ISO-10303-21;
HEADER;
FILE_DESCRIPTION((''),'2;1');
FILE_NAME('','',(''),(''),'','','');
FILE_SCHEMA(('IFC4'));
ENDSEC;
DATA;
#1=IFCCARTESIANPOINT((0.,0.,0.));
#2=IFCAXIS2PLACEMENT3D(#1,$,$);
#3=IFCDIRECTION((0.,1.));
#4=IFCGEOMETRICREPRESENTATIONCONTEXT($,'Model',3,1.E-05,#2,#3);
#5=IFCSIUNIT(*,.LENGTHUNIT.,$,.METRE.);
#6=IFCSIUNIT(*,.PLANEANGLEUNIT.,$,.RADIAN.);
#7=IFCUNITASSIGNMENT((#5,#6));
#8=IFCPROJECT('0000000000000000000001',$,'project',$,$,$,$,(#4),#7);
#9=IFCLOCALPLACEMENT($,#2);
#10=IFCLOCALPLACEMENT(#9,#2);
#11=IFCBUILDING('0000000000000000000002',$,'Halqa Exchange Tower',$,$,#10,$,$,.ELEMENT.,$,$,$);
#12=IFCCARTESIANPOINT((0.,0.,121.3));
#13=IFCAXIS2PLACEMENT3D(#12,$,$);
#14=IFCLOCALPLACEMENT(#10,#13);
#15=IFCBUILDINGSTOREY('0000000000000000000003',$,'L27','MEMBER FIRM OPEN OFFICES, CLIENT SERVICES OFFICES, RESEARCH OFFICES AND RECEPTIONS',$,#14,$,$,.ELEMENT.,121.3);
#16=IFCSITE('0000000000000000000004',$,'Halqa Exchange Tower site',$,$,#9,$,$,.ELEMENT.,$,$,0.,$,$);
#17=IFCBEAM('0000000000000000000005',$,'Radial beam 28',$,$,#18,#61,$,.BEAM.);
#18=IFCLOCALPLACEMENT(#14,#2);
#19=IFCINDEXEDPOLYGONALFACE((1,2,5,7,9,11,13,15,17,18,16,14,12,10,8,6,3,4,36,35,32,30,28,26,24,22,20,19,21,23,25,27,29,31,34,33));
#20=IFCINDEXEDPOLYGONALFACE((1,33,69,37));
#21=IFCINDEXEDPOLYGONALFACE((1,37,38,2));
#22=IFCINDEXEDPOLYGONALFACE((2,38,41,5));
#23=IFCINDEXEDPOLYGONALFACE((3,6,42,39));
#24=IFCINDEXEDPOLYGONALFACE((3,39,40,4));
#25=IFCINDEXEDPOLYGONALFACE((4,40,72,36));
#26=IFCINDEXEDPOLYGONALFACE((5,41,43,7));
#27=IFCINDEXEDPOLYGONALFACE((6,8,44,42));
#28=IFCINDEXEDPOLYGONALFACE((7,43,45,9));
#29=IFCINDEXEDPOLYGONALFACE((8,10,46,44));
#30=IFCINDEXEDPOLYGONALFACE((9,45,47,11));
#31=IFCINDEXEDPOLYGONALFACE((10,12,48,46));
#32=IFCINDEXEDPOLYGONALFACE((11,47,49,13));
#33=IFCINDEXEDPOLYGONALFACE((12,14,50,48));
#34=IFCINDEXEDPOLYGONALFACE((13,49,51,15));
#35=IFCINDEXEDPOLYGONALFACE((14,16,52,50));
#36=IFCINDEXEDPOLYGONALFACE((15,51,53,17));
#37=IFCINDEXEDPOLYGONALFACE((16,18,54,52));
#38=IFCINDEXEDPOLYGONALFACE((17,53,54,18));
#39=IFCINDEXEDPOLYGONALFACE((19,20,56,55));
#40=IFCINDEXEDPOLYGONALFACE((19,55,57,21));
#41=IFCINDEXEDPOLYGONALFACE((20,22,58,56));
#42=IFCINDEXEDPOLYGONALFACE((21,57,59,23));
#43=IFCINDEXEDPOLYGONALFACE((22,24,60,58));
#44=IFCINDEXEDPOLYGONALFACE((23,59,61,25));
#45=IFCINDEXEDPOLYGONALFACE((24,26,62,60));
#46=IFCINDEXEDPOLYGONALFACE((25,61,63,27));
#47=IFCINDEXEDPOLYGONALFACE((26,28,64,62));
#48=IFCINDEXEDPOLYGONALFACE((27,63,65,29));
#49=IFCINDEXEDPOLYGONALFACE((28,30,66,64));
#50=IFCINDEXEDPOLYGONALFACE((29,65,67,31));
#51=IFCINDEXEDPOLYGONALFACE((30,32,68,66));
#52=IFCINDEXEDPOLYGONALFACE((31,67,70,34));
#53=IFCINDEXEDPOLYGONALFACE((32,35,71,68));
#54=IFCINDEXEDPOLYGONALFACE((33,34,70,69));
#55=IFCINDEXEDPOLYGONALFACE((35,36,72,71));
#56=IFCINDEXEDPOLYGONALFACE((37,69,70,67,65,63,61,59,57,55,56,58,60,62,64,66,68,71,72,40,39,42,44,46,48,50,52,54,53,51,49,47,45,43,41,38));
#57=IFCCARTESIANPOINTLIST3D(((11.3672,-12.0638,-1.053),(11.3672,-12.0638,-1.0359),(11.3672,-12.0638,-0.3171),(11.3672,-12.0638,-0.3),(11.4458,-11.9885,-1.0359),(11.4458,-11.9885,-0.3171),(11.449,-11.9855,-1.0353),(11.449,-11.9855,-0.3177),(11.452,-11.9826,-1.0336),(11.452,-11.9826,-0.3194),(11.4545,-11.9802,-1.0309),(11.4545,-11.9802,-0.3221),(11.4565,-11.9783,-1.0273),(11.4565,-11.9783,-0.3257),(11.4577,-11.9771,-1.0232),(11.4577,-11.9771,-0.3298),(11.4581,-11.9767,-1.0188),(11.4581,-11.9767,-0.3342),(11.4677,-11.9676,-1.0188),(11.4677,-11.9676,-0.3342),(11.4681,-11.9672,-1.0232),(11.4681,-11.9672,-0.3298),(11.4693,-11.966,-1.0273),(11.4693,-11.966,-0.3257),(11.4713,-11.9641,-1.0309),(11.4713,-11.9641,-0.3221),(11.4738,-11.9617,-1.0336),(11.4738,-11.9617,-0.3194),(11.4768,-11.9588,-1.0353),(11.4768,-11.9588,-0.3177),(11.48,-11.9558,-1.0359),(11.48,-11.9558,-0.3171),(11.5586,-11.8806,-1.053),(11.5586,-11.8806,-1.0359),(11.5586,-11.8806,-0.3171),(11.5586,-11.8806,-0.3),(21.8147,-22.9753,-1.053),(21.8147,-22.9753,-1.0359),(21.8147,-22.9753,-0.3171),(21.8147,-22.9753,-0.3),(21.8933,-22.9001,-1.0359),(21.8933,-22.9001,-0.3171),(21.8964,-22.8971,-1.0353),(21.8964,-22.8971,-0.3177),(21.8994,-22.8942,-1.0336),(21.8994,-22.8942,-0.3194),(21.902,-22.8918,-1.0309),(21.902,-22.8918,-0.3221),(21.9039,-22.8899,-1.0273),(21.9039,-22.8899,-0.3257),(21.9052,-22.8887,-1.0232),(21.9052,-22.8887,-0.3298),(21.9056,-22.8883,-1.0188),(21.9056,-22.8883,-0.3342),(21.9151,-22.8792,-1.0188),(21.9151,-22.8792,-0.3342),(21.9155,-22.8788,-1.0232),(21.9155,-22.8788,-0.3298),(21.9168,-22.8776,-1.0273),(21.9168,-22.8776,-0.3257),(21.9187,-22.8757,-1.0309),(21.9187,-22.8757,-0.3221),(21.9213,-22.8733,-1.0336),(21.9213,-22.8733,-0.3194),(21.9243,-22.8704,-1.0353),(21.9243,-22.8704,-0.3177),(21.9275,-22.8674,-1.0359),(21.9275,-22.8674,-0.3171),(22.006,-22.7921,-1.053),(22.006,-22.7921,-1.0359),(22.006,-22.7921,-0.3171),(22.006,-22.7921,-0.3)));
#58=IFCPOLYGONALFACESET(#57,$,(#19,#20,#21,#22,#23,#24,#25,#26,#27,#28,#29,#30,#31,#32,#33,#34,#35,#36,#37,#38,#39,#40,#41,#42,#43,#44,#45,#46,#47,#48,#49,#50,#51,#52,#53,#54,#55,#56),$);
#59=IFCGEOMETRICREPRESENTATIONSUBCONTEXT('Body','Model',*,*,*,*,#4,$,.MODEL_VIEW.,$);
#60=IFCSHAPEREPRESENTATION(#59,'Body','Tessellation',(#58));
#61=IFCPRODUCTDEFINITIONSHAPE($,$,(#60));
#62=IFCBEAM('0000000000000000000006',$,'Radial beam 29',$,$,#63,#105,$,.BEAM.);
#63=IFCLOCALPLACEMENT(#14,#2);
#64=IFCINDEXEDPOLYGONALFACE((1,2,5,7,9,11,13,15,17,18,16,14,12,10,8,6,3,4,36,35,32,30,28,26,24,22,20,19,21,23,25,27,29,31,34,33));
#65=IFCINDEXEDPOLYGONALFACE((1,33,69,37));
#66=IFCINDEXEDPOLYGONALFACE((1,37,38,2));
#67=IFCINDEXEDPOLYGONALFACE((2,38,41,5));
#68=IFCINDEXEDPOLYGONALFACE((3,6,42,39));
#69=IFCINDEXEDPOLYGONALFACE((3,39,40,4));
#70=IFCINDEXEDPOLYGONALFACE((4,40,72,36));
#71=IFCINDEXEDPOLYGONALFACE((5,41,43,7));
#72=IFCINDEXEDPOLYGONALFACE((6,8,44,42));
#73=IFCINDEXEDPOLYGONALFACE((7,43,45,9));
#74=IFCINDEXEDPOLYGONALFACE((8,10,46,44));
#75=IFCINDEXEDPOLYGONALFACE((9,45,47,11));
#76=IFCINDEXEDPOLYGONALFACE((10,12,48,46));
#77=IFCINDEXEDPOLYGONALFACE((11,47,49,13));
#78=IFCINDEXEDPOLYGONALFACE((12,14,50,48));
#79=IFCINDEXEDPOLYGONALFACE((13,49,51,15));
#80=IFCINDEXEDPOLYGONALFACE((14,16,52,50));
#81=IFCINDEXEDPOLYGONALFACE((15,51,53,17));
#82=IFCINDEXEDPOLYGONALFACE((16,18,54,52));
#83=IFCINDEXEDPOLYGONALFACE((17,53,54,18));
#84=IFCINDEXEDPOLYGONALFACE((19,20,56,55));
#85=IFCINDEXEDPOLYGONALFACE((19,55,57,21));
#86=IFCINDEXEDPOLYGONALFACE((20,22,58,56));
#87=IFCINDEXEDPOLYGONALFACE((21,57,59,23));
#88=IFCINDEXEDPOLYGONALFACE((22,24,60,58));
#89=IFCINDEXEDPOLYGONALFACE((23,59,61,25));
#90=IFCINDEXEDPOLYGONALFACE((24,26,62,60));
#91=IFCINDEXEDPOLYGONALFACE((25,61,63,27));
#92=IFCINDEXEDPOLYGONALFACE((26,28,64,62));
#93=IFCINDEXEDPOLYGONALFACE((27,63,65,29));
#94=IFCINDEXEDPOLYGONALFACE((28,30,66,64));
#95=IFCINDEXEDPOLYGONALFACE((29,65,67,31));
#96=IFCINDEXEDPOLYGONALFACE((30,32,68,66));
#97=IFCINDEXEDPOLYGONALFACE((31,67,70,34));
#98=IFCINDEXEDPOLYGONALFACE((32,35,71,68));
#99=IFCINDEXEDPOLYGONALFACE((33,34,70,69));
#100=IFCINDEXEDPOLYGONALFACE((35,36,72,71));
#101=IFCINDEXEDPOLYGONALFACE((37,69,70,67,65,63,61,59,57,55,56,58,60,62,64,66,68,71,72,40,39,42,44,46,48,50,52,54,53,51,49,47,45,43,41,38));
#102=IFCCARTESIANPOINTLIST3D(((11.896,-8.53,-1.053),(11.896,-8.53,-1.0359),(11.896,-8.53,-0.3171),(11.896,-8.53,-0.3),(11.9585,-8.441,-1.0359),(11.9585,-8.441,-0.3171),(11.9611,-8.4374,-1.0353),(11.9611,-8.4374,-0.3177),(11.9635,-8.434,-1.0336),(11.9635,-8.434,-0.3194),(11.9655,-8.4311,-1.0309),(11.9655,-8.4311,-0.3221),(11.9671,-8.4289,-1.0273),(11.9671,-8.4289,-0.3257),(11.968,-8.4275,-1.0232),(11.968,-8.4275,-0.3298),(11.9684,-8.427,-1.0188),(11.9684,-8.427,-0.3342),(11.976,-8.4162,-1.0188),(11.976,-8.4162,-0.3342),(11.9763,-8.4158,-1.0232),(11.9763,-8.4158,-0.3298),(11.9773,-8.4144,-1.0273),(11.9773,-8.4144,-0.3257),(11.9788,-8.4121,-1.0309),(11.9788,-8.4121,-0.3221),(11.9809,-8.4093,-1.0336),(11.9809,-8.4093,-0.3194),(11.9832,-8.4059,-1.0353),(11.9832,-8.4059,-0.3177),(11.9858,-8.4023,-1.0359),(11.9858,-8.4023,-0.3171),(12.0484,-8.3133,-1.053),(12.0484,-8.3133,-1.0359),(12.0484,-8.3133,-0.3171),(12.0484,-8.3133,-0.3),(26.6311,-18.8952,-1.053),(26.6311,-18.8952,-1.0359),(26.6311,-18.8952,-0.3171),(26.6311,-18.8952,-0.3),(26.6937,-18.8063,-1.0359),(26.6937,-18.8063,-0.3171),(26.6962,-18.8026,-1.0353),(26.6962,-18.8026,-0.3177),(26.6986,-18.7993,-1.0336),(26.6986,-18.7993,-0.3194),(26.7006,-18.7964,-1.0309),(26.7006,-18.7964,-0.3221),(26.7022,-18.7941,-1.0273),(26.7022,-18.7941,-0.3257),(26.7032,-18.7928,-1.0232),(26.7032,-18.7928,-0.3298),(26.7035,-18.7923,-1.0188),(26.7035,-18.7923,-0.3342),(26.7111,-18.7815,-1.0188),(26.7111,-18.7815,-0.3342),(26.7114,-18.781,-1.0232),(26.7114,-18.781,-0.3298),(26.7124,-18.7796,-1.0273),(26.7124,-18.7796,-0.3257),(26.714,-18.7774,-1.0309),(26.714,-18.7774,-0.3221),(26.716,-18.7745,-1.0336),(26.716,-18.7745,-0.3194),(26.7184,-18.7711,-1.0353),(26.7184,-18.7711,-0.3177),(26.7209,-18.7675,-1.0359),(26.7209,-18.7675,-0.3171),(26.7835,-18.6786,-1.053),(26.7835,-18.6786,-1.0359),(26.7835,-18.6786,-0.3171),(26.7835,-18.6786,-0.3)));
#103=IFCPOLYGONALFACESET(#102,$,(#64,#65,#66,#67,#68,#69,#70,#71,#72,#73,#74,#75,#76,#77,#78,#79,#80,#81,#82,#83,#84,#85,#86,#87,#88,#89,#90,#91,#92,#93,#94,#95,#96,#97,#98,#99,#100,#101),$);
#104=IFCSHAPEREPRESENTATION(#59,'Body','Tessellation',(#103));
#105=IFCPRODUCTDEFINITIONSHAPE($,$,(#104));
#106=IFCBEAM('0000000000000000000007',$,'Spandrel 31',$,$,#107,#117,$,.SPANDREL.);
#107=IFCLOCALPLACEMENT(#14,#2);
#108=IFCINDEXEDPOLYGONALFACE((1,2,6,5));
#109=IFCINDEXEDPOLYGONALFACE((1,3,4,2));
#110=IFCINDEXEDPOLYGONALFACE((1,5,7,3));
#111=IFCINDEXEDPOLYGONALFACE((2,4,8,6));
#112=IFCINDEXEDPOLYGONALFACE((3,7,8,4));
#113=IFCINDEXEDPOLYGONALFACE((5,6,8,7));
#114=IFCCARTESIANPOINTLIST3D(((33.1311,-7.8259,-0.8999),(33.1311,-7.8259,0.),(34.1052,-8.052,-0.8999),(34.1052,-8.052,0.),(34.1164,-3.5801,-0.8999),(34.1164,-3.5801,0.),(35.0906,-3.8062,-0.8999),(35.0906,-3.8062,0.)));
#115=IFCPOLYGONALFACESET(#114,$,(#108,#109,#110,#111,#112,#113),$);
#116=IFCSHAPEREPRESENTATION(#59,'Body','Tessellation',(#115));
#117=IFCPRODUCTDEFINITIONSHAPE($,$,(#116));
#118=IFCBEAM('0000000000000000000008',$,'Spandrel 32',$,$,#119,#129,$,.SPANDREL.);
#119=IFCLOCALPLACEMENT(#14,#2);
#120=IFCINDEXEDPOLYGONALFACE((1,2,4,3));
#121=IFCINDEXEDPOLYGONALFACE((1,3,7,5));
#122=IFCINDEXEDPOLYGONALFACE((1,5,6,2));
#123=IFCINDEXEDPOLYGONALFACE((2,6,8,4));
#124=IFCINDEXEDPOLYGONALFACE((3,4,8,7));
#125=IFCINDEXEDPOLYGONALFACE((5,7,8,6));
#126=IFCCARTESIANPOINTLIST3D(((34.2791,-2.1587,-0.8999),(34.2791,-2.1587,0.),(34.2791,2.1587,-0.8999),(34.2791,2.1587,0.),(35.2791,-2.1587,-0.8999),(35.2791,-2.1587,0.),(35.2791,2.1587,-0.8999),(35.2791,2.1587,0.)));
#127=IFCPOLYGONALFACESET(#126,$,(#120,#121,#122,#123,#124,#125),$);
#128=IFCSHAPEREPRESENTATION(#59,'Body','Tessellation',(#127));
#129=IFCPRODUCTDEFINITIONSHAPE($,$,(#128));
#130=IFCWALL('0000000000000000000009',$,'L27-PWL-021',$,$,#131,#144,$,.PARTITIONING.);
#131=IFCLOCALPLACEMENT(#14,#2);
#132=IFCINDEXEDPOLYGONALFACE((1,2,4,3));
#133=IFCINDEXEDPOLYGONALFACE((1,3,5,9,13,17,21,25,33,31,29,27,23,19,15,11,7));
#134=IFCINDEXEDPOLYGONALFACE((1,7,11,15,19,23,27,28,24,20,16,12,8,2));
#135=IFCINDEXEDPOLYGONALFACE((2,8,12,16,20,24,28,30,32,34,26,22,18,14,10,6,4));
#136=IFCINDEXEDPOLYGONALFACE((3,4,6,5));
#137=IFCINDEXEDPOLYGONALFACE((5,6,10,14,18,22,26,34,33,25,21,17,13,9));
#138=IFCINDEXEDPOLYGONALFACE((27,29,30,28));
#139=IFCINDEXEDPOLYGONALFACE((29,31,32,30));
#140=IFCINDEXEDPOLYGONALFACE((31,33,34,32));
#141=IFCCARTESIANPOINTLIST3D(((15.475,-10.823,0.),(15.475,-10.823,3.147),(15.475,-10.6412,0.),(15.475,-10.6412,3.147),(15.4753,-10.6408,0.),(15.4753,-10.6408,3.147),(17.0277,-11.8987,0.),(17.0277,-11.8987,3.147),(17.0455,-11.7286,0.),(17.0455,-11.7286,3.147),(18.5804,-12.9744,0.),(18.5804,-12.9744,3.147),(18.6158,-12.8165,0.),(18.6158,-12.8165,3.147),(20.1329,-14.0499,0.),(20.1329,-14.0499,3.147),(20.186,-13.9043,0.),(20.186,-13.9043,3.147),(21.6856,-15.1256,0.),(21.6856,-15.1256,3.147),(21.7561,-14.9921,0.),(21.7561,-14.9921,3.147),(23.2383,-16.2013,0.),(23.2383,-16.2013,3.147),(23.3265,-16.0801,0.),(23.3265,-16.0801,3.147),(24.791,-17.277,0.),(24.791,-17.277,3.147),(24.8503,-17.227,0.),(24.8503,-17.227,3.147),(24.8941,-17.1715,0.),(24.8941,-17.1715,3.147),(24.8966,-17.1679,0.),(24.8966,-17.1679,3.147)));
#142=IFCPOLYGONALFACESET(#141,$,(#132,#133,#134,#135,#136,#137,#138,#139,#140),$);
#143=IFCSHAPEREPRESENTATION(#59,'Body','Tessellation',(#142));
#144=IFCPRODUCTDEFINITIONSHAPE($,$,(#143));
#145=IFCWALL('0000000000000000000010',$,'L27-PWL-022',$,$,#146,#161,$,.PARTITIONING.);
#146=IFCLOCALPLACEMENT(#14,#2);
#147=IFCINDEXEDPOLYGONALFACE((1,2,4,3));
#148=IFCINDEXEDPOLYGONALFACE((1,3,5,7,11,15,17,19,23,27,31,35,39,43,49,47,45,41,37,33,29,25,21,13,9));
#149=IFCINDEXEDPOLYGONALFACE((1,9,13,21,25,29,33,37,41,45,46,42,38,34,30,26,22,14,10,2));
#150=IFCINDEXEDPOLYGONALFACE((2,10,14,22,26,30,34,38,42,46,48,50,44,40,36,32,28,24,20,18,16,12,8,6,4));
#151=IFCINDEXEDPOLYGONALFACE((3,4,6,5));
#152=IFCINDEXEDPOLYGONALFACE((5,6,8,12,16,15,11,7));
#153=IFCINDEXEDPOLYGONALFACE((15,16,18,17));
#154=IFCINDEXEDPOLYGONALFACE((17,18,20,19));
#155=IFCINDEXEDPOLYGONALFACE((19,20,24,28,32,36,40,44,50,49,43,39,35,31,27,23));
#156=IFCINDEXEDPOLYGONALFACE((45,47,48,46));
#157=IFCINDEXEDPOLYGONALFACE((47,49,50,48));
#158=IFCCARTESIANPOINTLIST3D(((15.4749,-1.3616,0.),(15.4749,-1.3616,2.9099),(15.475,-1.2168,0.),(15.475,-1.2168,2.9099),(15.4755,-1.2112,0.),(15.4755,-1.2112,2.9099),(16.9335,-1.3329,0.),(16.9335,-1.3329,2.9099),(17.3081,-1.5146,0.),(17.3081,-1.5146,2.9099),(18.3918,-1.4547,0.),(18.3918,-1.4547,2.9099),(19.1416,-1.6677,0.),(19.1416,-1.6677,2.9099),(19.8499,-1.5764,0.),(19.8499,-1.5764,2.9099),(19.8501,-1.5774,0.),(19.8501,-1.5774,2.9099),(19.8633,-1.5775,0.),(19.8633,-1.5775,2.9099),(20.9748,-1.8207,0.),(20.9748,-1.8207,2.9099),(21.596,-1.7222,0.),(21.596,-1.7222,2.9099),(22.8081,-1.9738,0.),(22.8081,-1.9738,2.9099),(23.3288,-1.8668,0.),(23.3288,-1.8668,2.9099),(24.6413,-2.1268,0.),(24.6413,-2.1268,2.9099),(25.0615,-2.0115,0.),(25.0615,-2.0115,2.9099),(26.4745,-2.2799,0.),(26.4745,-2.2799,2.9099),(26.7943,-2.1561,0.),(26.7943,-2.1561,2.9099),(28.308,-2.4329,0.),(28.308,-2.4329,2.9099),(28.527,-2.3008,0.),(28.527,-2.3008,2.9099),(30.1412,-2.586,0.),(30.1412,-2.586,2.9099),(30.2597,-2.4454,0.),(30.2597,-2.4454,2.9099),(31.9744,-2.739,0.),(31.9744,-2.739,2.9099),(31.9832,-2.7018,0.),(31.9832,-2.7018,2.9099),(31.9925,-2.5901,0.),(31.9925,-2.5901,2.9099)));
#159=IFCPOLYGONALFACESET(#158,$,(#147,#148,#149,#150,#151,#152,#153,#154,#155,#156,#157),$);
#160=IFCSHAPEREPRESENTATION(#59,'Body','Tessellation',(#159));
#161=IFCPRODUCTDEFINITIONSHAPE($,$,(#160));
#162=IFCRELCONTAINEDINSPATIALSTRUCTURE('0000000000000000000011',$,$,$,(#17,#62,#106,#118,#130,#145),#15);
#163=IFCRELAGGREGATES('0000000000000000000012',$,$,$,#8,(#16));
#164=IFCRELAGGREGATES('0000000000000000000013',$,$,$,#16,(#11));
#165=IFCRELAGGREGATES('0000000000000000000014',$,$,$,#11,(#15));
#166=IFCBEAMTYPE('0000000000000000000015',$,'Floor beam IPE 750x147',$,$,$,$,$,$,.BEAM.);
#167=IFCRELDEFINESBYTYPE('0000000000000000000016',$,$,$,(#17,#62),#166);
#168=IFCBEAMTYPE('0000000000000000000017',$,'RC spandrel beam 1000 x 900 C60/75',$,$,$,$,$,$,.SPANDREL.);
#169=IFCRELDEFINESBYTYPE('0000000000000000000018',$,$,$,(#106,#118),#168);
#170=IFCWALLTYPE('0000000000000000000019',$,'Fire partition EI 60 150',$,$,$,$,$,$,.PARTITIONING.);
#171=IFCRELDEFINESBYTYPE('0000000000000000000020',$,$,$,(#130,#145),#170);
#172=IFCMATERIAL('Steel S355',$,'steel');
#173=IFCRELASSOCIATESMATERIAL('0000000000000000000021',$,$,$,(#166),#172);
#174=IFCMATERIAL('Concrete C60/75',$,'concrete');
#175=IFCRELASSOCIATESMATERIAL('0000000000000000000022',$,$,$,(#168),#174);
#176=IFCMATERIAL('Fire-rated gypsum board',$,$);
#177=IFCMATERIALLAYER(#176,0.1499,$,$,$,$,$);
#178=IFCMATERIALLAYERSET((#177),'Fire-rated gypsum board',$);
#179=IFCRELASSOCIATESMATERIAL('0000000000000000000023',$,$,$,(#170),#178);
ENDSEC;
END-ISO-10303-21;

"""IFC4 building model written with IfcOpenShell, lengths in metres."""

from ifc_helpers import new_model, si_unit, direction, frame, origin, origin_2d, place, context, subcontext, project, spatial, polyline, rectangle, i_section, outline, extrude, material, layer, layer_set, material_profile, profile_set, type_object, element, save


model = new_model("IFC4")

# Units and contexts
model_context = context("Model", 3, precision=1e-05, world=origin(), true_north=direction((0.0, 1.0)))
body_context = subcontext(model_context, "Body", "Model", "MODEL_VIEW")
ifc_project = project(units=[si_unit("LENGTHUNIT", "METRE"), si_unit("PLANEANGLEUNIT", "RADIAN")], contexts=[model_context])

# Site, building, storey
site_placement = place(None, origin())
site = spatial("IfcSite", under=ifc_project, at=site_placement, Name="Halqa Exchange Tower site", CompositionType="ELEMENT", RefElevation=0.0)
building_placement = place(site_placement, origin())
building = spatial("IfcBuilding", under=site, at=building_placement, Name="Halqa Exchange Tower", CompositionType="ELEMENT")
storey_placement = place(building_placement, frame((0.0, 0.0, 121.3)))
storey = spatial("IfcBuildingStorey", under=building, at=storey_placement, Name="L27", Description="MEMBER FIRM OPEN OFFICES, CLIENT SERVICES OFFICES, RESEARCH OFFICES AND RECEPTIONS", CompositionType="ELEMENT", Elevation=121.3)

# Beams
ifc_material_1 = material(Name="Steel S355", Category="steel")
ifc_material_profile_1 = material_profile(ifc_material_1, i_section(OverallWidth=0.2649, OverallDepth=0.7529, WebThickness=0.0132, FlangeThickness=0.0171, FilletRadius=0.0171, at=origin_2d()), Name="IPE 750x147")
ifc_profile_set_1 = profile_set([ifc_material_profile_1], Name="Steel S355")
beam_type_1 = type_object("IfcBeamType", Name="Floor beam IPE 750x147", PredefinedType="BEAM", material=ifc_profile_set_1)
beam_1_placement = place(storey_placement, frame((11.4629, -11.9722, -0.6765), z_axis=(0.691579, -0.722301, 0.0), x_axis=(0.722301, 0.691579, 0.0)))
element("IfcBeam", 1, at=beam_1_placement, inside=storey, type_object=beam_type_1, Name="Radial beam 28", PredefinedType="BEAM", context=body_context, shape_type="SweptSolid", body=[
    extrude(i_section(OverallWidth=0.2649, OverallDepth=0.7529, WebThickness=0.0132, FlangeThickness=0.0171, FilletRadius=0.0171, at=origin_2d()), origin(), (0.0, 0.0, 1.0), 15.1067),
])
beam_2_placement = place(storey_placement, frame((11.9722, -8.4216, -0.6765), z_axis=(0.817909, -0.575348, 0.0), x_axis=(0.575348, 0.817909, 0.0)))
element("IfcBeam", 2, at=beam_2_placement, inside=storey, type_object=beam_type_1, Name="Radial beam 29", PredefinedType="BEAM", context=body_context, shape_type="SweptSolid", body=[
    extrude(i_section(OverallWidth=0.2649, OverallDepth=0.7529, WebThickness=0.0132, FlangeThickness=0.0171, FilletRadius=0.0171, at=origin_2d()), origin(), (0.0, 0.0, 1.0), 18.0156),
])
ifc_material_2 = material(Name="Concrete C60/75", Category="concrete")
ifc_material_profile_2 = material_profile(ifc_material_2, rectangle(XDim=1.0, YDim=0.8999, at=origin_2d()), Name="1000 x 900")
ifc_profile_set_2 = profile_set([ifc_material_profile_2], Name="Concrete C60/75")
beam_type_2 = type_object("IfcBeamType", Name="RC spandrel beam 1000 x 900 C60/75", PredefinedType="SPANDREL", material=ifc_profile_set_2)
beam_3_placement = place(storey_placement, frame((33.6182, -7.939, -0.45), z_axis=(0.226066, 0.974112, 0.0), x_axis=(-0.974112, 0.226066, 0.0)))
element("IfcBeam", 3, at=beam_3_placement, inside=storey, type_object=beam_type_2, Name="Spandrel 31", PredefinedType="SPANDREL", context=body_context, shape_type="SweptSolid", body=[
    extrude(rectangle(XDim=1.0, YDim=0.8999, at=origin_2d()), origin(), (0.0, 0.0, 1.0), 4.3586),
])
beam_4_placement = place(storey_placement, frame((34.7791, -2.1587, -0.45), z_axis=(0.0, 1.0, 0.0), x_axis=(-1.0, 0.0, 0.0)))
element("IfcBeam", 4, at=beam_4_placement, inside=storey, type_object=beam_type_2, Name="Spandrel 32", PredefinedType="SPANDREL", context=body_context, shape_type="SweptSolid", body=[
    extrude(rectangle(XDim=1.0, YDim=0.8999, at=origin_2d()), origin(), (0.0, 0.0, 1.0), 4.3174),
])

# Walls
ifc_material_3 = material(Name="Fire-rated gypsum board")
ifc_layer_1 = layer(ifc_material_3, 0.1499)
ifc_layer_set_1 = layer_set([ifc_layer_1], Name="Fire-rated gypsum board")
wall_type_1 = type_object("IfcWallType", Name="Fire partition EI 60 150", PredefinedType="PARTITIONING", material=ifc_layer_set_1)
wall_1_placement = place(storey_placement, frame((15.4326, -10.7024, 0.0), z_axis=(0.0, 0.0, 1.0), x_axis=(0.822004, -0.569481, 0.0)))
element("IfcWall", 5, at=wall_1_placement, inside=storey, type_object=wall_type_1, Name="L27-PWL-021", PredefinedType="PARTITIONING", context=body_context, shape_type="SweptSolid", body=[
    extrude(outline(polyline([(0.1035, -0.075), (1.9924, -0.075), (3.8813, -0.075), (5.77, -0.075), (7.6589, -0.075), (9.5479, -0.075), (11.4368, -0.075), (11.457, 0.0), (11.4614, 0.0706), (11.4614, 0.075), (9.5513, 0.075), (7.6409, 0.075), (5.7307, 0.075), (3.8206, 0.075), (1.9102, 0.075), (0.0, 0.075), (0.0, 0.0745), (0.1035, -0.075)])), origin(), (0.0, 0.0, 1.0), 3.147),
])
wall_2_placement = place(storey_placement, frame((15.4692, -1.2859, 0.0), z_axis=(0.0, 0.0, 1.0), x_axis=(0.996533, -0.083194, 0.0)))
element("IfcWall", 6, at=wall_2_placement, inside=storey, type_object=wall_type_1, Name="L27-PWL-022", PredefinedType="PARTITIONING", context=body_context, shape_type="SweptSolid", body=[
    extrude(outline(polyline([(0.012, -0.075), (1.8516, -0.075), (3.6914, -0.075), (5.531, -0.075), (7.3706, -0.075), (9.2102, -0.075), (11.0498, -0.075), (12.8896, -0.075), (14.7292, -0.075), (16.5688, -0.075), (16.5745, -0.0371), (16.5745, 0.075), (14.8357, 0.075), (13.0969, 0.075), (11.3582, 0.075), (9.6194, 0.075), (7.8806, 0.075), (6.1418, 0.075), (4.4031, 0.075), (4.3899, 0.074), (4.3896, 0.075), (2.9265, 0.075), (1.4631, 0.075), (0.0, 0.075), (0.0, 0.0693), (0.012, -0.075)])), origin(), (0.0, 0.0, 1.0), 2.9099),
])

save(model, "model.ifc")
